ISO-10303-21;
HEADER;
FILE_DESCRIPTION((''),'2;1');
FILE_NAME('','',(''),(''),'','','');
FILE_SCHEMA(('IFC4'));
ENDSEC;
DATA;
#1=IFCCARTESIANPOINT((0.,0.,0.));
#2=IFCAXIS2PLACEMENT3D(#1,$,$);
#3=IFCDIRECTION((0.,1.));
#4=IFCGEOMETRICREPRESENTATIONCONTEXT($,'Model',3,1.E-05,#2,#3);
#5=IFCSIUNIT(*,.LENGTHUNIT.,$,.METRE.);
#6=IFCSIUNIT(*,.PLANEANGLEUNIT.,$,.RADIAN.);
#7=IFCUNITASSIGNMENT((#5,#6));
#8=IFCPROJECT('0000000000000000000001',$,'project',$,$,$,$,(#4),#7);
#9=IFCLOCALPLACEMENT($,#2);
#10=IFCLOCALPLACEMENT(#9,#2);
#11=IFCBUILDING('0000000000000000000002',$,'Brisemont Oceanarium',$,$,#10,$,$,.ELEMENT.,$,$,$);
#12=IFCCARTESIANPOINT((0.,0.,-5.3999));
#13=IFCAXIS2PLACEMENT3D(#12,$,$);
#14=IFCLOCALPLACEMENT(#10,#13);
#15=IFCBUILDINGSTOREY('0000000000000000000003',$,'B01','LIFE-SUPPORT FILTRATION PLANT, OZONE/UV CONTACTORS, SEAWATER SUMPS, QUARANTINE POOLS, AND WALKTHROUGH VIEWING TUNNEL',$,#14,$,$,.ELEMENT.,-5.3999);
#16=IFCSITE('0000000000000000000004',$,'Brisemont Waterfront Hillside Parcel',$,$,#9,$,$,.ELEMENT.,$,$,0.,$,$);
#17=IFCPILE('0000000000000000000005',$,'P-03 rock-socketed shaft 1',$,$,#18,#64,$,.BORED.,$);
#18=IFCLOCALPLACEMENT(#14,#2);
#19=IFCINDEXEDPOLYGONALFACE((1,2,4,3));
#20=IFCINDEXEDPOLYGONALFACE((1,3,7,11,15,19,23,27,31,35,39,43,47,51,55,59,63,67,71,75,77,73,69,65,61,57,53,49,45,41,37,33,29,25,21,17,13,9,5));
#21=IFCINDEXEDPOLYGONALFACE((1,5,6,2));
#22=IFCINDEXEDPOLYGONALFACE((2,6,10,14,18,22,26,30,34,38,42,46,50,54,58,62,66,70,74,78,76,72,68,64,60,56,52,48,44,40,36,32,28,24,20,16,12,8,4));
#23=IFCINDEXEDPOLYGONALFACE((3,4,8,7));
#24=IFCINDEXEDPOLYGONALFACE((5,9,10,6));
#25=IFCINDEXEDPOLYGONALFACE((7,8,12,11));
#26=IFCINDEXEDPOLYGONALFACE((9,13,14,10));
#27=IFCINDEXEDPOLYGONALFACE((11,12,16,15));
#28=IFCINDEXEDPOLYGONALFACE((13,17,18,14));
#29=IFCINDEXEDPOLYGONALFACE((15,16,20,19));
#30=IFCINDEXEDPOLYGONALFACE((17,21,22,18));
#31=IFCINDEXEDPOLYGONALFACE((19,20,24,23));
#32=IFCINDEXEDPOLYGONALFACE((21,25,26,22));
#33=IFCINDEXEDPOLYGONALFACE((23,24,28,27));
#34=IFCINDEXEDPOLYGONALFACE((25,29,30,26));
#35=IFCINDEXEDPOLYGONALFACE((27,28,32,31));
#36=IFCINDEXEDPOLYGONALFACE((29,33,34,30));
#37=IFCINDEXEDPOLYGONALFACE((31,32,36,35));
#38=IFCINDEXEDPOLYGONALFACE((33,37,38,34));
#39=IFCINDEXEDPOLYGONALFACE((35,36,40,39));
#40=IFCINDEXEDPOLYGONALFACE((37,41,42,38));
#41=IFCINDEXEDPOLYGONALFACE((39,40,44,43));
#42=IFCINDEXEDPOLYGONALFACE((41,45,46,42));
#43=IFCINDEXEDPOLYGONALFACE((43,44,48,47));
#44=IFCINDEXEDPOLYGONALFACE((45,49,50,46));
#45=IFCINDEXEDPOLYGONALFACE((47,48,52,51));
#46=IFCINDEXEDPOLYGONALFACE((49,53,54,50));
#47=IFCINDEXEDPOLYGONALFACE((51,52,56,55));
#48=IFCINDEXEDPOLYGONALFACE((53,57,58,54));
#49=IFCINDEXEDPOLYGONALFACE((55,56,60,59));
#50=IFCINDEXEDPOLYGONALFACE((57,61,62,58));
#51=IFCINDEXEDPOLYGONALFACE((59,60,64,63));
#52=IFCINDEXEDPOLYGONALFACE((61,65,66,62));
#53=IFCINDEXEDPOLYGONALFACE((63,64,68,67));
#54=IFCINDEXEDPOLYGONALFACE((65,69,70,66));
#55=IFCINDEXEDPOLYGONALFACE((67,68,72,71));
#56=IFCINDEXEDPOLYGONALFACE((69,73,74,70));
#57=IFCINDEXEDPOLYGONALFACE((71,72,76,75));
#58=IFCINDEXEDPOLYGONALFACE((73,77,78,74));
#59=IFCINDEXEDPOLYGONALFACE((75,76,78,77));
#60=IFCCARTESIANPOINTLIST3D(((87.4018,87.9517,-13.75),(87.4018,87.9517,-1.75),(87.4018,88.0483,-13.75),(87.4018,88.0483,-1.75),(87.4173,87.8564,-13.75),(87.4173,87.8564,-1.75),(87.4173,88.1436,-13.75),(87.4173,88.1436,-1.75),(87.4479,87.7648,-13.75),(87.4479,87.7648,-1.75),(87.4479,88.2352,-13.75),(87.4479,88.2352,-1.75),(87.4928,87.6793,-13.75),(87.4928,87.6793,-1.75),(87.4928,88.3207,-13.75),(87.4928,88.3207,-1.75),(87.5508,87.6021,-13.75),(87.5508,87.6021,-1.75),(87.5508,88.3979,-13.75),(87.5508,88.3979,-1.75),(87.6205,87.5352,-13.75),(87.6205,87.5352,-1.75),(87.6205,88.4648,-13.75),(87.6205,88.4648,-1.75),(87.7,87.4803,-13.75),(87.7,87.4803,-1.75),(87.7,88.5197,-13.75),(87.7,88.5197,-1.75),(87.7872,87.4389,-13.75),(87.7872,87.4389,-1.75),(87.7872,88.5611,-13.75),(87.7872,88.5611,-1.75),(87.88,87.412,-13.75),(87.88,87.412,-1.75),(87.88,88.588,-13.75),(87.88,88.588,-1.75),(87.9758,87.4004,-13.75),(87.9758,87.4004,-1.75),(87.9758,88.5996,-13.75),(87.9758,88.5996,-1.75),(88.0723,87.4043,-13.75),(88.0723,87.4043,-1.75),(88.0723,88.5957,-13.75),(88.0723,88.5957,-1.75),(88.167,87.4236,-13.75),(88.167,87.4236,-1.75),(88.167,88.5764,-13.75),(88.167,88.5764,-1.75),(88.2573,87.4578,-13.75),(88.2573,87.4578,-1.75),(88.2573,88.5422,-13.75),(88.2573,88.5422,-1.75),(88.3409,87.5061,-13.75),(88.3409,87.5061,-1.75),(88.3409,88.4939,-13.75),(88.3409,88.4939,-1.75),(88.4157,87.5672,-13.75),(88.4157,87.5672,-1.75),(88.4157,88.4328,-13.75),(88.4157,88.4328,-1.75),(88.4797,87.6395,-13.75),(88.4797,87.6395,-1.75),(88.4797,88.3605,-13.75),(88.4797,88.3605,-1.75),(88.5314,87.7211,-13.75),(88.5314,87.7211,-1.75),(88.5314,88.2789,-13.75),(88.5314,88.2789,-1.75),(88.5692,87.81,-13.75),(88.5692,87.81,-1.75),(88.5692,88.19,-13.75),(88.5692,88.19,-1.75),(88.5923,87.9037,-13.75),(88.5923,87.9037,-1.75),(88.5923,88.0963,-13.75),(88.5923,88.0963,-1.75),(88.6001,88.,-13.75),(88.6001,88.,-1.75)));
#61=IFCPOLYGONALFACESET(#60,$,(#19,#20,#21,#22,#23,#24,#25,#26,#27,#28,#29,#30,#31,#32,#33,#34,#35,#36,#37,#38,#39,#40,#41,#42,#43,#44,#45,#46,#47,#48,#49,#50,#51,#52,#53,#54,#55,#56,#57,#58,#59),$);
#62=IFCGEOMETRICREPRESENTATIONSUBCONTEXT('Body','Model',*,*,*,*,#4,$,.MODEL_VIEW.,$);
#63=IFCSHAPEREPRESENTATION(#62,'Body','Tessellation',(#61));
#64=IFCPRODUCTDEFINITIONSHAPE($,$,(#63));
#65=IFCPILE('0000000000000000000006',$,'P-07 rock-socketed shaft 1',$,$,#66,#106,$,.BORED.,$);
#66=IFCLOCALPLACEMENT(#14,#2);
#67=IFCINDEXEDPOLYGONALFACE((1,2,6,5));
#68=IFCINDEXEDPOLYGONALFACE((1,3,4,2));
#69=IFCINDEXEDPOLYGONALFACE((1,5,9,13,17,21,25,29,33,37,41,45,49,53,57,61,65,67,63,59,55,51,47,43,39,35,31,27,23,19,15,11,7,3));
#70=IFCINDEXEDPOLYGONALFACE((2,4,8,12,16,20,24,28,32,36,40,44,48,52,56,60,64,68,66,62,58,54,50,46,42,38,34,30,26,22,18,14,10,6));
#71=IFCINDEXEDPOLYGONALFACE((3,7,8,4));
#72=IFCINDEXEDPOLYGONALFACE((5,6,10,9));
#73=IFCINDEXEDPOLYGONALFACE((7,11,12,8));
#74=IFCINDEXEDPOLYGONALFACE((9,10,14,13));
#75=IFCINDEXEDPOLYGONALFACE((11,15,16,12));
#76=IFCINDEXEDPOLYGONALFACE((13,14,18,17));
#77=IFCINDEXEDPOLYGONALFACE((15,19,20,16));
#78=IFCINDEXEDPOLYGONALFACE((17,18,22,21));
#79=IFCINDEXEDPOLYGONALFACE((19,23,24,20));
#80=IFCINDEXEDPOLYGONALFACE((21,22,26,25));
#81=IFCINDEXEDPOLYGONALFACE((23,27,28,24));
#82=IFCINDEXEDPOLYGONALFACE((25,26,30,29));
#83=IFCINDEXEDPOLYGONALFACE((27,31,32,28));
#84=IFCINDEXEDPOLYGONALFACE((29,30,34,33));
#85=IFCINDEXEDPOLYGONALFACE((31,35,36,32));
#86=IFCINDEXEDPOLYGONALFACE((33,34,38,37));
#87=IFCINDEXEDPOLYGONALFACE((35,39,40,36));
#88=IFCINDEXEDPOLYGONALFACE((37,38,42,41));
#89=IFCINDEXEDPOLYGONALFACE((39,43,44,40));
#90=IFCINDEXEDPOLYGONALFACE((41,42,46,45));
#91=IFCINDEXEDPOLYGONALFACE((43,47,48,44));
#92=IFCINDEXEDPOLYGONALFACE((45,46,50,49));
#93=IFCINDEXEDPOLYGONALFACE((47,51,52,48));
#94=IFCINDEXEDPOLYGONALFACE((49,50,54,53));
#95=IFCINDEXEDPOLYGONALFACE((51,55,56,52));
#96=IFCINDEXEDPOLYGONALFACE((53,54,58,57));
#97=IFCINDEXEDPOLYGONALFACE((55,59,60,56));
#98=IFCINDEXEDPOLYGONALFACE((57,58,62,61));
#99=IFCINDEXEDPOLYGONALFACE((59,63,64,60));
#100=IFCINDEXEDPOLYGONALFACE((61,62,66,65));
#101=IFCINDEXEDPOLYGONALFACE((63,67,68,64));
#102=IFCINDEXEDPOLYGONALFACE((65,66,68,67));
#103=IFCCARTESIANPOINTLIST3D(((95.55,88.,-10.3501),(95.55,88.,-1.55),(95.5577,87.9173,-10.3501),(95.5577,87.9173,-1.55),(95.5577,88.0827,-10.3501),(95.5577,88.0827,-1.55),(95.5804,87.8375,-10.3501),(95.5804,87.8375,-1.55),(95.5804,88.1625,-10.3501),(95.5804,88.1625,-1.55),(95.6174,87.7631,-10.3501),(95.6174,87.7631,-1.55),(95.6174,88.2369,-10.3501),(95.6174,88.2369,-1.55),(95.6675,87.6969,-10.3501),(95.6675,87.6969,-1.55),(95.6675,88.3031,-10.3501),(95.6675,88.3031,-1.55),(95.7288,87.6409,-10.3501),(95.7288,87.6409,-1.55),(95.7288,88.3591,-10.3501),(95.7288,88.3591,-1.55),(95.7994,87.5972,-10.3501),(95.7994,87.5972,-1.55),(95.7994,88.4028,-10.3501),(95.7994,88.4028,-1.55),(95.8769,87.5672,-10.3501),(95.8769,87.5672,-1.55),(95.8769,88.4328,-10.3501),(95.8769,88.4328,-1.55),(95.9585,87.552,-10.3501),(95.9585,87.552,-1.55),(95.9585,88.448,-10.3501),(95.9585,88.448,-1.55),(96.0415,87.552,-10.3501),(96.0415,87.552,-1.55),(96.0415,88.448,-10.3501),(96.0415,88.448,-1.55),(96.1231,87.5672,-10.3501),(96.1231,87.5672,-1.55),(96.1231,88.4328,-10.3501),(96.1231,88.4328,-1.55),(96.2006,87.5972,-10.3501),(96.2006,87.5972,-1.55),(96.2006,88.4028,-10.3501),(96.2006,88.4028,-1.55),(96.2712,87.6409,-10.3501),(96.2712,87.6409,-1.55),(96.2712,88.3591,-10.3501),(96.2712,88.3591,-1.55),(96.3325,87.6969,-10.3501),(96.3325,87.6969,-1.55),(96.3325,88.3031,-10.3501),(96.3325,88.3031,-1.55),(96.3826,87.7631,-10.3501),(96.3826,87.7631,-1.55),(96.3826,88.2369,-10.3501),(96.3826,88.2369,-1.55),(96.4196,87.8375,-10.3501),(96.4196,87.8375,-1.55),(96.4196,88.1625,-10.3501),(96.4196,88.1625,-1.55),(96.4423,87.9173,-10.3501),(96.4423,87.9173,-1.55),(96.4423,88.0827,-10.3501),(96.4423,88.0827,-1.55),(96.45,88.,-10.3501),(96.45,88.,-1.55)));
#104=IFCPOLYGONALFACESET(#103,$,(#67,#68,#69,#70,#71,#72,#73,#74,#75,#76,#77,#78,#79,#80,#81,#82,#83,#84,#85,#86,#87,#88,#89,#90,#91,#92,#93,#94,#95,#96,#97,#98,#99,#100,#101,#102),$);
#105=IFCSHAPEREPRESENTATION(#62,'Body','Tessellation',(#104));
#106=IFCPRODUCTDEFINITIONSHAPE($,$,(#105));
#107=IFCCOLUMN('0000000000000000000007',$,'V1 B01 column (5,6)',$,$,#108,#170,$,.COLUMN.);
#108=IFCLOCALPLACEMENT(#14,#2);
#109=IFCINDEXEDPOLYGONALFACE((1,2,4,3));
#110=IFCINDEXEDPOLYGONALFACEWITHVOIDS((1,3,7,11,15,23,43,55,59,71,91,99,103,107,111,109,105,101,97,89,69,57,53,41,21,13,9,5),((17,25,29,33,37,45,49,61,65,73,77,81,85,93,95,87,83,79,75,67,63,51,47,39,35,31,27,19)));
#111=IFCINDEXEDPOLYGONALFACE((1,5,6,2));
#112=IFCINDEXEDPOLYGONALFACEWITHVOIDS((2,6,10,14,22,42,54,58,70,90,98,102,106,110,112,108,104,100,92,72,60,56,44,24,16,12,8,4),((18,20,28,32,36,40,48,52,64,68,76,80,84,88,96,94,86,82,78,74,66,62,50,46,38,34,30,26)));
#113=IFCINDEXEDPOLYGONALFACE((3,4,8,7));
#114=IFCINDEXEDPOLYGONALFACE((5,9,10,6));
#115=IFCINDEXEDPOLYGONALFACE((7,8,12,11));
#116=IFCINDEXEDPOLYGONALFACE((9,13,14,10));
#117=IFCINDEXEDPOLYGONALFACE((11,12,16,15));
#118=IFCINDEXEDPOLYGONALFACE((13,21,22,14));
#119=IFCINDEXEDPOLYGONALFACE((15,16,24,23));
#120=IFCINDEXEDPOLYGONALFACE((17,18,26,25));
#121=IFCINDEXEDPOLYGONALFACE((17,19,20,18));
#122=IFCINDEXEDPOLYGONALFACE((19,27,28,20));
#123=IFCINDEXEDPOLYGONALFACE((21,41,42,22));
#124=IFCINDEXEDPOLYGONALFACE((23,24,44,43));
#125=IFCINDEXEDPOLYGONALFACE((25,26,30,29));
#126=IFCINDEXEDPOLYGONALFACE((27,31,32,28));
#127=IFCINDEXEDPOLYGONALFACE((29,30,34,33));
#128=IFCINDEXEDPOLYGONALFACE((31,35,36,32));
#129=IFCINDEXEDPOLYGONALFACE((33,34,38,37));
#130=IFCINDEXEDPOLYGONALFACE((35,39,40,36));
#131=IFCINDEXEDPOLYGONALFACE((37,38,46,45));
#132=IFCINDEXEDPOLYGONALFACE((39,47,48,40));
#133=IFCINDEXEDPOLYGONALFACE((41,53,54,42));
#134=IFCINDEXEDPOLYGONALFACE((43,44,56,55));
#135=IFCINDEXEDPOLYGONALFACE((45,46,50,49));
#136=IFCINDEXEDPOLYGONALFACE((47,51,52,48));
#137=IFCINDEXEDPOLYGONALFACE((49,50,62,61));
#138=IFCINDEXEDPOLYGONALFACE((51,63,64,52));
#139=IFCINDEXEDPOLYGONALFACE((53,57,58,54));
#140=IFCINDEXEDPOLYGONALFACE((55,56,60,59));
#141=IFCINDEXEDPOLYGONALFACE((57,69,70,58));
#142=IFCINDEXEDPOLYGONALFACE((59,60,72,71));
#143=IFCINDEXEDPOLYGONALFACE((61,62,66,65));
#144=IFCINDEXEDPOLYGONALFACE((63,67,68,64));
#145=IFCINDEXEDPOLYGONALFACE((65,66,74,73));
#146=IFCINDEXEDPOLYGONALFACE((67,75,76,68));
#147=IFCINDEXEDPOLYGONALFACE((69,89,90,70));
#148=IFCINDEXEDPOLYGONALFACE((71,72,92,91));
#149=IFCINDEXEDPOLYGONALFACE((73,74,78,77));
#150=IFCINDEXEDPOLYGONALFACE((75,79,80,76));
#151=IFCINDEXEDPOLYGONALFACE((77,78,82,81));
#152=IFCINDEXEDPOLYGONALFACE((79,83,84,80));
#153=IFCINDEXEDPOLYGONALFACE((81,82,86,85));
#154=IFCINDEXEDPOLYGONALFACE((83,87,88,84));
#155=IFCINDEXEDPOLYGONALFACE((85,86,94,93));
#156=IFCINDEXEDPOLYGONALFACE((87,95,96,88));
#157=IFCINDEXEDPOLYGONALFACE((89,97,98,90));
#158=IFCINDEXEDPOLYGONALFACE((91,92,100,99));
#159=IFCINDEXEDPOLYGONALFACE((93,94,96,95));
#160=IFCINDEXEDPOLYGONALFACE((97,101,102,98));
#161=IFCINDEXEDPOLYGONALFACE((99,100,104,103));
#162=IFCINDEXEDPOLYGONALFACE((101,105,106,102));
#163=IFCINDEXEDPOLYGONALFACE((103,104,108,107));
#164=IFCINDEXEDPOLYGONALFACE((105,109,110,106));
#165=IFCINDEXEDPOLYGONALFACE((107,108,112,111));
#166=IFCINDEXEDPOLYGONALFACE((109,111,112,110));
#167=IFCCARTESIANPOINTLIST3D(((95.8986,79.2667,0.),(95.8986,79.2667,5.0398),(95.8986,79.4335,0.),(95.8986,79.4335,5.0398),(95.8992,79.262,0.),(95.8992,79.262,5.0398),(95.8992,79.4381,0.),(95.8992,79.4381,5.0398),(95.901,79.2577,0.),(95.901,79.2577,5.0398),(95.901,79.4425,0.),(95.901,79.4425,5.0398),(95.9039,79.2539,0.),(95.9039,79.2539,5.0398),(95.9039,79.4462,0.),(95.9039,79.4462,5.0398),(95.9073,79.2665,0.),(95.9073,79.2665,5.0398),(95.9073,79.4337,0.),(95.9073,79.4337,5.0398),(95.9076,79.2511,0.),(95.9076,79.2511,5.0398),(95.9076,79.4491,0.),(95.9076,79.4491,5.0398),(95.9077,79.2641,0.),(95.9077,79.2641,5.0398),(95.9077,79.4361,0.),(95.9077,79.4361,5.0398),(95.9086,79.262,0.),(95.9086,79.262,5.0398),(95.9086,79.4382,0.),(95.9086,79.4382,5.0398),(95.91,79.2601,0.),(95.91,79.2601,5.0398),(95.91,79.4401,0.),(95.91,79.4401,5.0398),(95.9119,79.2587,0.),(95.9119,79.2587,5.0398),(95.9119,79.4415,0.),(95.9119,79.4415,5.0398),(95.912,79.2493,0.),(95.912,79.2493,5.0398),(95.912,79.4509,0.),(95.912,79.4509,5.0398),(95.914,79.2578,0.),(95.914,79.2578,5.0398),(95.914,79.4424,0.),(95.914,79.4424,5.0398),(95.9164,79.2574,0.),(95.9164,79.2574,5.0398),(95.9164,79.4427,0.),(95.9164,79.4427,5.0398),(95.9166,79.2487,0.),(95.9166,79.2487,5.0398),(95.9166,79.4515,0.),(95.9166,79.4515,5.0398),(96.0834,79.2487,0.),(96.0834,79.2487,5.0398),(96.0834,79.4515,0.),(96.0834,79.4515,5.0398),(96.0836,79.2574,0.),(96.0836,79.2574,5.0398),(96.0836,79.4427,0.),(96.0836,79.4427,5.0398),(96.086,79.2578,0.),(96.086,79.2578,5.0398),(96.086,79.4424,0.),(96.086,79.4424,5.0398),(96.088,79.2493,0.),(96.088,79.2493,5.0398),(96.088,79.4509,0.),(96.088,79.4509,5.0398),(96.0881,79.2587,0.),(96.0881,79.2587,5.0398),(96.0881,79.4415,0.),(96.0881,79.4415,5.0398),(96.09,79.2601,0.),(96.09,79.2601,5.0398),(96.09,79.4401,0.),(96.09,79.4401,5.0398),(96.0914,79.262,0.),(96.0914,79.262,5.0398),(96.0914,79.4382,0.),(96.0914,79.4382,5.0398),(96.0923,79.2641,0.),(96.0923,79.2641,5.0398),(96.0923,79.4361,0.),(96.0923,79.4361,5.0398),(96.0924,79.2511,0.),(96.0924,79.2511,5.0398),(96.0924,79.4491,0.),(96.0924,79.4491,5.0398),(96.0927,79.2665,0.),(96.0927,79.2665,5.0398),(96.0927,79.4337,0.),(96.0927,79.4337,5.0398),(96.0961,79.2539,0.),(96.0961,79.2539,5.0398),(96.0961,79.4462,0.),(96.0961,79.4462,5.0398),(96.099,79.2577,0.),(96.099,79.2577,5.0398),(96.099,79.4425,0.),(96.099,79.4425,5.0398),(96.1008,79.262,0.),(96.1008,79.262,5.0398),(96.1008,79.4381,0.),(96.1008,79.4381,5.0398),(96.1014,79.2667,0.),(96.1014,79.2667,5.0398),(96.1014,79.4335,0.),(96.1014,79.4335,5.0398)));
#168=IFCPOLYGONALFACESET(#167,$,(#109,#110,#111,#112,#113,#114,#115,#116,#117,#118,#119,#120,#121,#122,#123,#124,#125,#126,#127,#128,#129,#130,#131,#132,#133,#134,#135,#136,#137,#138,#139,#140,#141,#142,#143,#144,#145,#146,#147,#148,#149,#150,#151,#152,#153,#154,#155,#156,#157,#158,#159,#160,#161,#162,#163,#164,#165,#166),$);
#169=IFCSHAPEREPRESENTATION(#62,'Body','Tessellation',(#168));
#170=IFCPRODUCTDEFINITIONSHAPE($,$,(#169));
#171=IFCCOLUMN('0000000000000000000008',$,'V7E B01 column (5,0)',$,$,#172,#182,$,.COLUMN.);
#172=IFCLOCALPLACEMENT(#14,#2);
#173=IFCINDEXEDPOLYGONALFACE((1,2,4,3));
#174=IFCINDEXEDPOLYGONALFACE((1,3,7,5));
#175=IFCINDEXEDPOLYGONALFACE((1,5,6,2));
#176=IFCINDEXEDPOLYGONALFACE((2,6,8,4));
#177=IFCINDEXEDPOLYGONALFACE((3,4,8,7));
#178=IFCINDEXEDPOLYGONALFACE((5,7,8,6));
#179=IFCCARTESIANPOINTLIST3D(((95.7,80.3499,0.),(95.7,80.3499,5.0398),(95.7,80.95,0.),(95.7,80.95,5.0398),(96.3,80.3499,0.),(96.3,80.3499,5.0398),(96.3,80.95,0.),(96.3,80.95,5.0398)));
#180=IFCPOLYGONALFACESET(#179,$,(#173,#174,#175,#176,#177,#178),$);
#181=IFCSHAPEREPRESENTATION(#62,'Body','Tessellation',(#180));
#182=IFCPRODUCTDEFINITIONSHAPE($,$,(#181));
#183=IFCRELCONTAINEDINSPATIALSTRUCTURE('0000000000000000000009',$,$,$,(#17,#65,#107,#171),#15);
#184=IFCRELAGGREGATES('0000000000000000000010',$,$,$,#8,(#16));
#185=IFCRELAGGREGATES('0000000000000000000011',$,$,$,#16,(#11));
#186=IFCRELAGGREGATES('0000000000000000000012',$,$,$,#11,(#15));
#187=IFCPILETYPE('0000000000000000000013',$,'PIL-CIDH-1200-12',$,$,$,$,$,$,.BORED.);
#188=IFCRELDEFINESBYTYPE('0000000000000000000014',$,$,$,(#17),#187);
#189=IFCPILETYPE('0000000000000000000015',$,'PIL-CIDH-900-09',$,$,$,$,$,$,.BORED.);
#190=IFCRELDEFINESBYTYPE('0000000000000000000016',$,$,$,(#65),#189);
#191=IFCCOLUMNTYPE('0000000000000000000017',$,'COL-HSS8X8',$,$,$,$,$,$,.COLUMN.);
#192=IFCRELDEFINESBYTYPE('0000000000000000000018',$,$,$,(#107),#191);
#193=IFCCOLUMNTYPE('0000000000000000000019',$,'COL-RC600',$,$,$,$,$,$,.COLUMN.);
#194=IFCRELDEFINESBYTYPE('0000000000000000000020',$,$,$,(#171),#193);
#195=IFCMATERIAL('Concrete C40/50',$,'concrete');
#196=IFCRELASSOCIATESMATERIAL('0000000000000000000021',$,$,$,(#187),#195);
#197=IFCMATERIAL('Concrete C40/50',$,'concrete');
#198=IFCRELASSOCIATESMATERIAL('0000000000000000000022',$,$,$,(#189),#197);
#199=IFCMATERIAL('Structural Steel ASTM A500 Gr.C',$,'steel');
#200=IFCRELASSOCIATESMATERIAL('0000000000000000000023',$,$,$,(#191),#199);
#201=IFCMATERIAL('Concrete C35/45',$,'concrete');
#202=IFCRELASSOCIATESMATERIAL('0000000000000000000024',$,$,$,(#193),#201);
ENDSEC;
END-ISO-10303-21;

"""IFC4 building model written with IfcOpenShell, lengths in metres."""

from ifc_helpers import new_model, si_unit, direction, frame, origin, origin_2d, place, context, subcontext, project, spatial, rectangle, hollow_rectangle, circle, extrude, material, material_profile, profile_set, type_object, element, save


model = new_model("IFC4")

# Units and contexts
model_context = context("Model", 3, precision=1e-05, world=origin(), true_north=direction((0.0, 1.0)))
body_context = subcontext(model_context, "Body", "Model", "MODEL_VIEW")
ifc_project = project(units=[si_unit("LENGTHUNIT", "METRE"), si_unit("PLANEANGLEUNIT", "RADIAN")], contexts=[model_context])

# Site, building, storey
site_placement = place(None, origin())
site = spatial("IfcSite", under=ifc_project, at=site_placement, Name="Brisemont Waterfront Hillside Parcel", CompositionType="ELEMENT", RefElevation=0.0)
building_placement = place(site_placement, origin())
building = spatial("IfcBuilding", under=site, at=building_placement, Name="Brisemont Oceanarium", CompositionType="ELEMENT")
storey_placement = place(building_placement, frame((0.0, 0.0, -5.3999)))
storey = spatial("IfcBuildingStorey", under=building, at=storey_placement, Name="B01", Description="LIFE-SUPPORT FILTRATION PLANT, OZONE/UV CONTACTORS, SEAWATER SUMPS, QUARANTINE POOLS, AND WALKTHROUGH VIEWING TUNNEL", CompositionType="ELEMENT", Elevation=-5.3999)

# Piles
ifc_material_1 = material(Name="Concrete C40/50", Category="concrete")
ifc_material_profile_1 = material_profile(ifc_material_1, circle(Radius=0.6001, at=origin_2d()), Name="CIDH-D1200")
ifc_profile_set_1 = profile_set([ifc_material_profile_1], Name="Concrete C40/50")
pile_type_1 = type_object("IfcPileType", Name="PIL-CIDH-1200-12", PredefinedType="BORED", material=ifc_profile_set_1)
pile_1_placement = place(storey_placement, frame((88.0, 88.0, -1.75), z_axis=(0.0, 0.0, -1.0), x_axis=(1.0, 0.0, 0.0)))
element("IfcPile", 1, at=pile_1_placement, inside=storey, type_object=pile_type_1, Name="P-03 rock-socketed shaft 1", PredefinedType="BORED", context=body_context, shape_type="SweptSolid", body=[
    extrude(circle(Radius=0.6001, at=origin_2d()), origin(), (0.0, 0.0, 1.0), 12.0),
])
ifc_material_2 = material(Name="Concrete C40/50", Category="concrete")
ifc_material_profile_2 = material_profile(ifc_material_2, circle(Radius=0.45, at=origin_2d()), Name="CIDH-D900")
ifc_profile_set_2 = profile_set([ifc_material_profile_2], Name="Concrete C40/50")
pile_type_2 = type_object("IfcPileType", Name="PIL-CIDH-900-09", PredefinedType="BORED", material=ifc_profile_set_2)
pile_2_placement = place(storey_placement, frame((96.0, 88.0, -1.55), z_axis=(0.0, 0.0, -1.0), x_axis=(1.0, 0.0, 0.0)))
element("IfcPile", 2, at=pile_2_placement, inside=storey, type_object=pile_type_2, Name="P-07 rock-socketed shaft 1", PredefinedType="BORED", context=body_context, shape_type="SweptSolid", body=[
    extrude(circle(Radius=0.45, at=origin_2d()), origin(), (0.0, 0.0, 1.0), 8.8),
])

# Columns
ifc_material_3 = material(Name="Structural Steel ASTM A500 Gr.C", Category="steel")
ifc_material_profile_3 = material_profile(ifc_material_3, hollow_rectangle(XDim=0.2029, YDim=0.2029, WallThickness=0.0088, InnerFilletRadius=0.009, OuterFilletRadius=0.0181, at=origin_2d()), Name="HSS8X8X3/8")
ifc_profile_set_3 = profile_set([ifc_material_profile_3], Name="Structural Steel ASTM A500 Gr.C")
column_type_1 = type_object("IfcColumnType", Name="COL-HSS8X8", PredefinedType="COLUMN", material=ifc_profile_set_3)
column_1_placement = place(storey_placement, frame((96.0, 79.3501, 0.0), z_axis=(0.0, 0.0, 1.0), x_axis=(0.0, 1.0, 0.0)))
element("IfcColumn", 3, at=column_1_placement, inside=storey, type_object=column_type_1, Name="V1 B01 column (5,6)", PredefinedType="COLUMN", context=body_context, shape_type="SweptSolid", body=[
    extrude(hollow_rectangle(XDim=0.2029, YDim=0.2029, WallThickness=0.0088, InnerFilletRadius=0.009, OuterFilletRadius=0.0181, at=origin_2d()), origin(), (0.0, 0.0, 1.0), 5.0398),
])
ifc_material_4 = material(Name="Concrete C35/45", Category="concrete")
ifc_material_profile_4 = material_profile(ifc_material_4, rectangle(XDim=0.6001, YDim=0.6001, at=origin_2d()), Name="RC-COL-600X600")
ifc_profile_set_4 = profile_set([ifc_material_profile_4], Name="Concrete C35/45")
column_type_2 = type_object("IfcColumnType", Name="COL-RC600", PredefinedType="COLUMN", material=ifc_profile_set_4)
column_2_placement = place(storey_placement, frame((96.0, 80.6499, 0.0), z_axis=(0.0, 0.0, 1.0), x_axis=(0.0, 1.0, 0.0)))
element("IfcColumn", 4, at=column_2_placement, inside=storey, type_object=column_type_2, Name="V7E B01 column (5,0)", PredefinedType="COLUMN", context=body_context, shape_type="SweptSolid", body=[
    extrude(rectangle(XDim=0.6001, YDim=0.6001, at=origin_2d()), origin(), (0.0, 0.0, 1.0), 5.0398),
])

save(model, "model.ifc")
